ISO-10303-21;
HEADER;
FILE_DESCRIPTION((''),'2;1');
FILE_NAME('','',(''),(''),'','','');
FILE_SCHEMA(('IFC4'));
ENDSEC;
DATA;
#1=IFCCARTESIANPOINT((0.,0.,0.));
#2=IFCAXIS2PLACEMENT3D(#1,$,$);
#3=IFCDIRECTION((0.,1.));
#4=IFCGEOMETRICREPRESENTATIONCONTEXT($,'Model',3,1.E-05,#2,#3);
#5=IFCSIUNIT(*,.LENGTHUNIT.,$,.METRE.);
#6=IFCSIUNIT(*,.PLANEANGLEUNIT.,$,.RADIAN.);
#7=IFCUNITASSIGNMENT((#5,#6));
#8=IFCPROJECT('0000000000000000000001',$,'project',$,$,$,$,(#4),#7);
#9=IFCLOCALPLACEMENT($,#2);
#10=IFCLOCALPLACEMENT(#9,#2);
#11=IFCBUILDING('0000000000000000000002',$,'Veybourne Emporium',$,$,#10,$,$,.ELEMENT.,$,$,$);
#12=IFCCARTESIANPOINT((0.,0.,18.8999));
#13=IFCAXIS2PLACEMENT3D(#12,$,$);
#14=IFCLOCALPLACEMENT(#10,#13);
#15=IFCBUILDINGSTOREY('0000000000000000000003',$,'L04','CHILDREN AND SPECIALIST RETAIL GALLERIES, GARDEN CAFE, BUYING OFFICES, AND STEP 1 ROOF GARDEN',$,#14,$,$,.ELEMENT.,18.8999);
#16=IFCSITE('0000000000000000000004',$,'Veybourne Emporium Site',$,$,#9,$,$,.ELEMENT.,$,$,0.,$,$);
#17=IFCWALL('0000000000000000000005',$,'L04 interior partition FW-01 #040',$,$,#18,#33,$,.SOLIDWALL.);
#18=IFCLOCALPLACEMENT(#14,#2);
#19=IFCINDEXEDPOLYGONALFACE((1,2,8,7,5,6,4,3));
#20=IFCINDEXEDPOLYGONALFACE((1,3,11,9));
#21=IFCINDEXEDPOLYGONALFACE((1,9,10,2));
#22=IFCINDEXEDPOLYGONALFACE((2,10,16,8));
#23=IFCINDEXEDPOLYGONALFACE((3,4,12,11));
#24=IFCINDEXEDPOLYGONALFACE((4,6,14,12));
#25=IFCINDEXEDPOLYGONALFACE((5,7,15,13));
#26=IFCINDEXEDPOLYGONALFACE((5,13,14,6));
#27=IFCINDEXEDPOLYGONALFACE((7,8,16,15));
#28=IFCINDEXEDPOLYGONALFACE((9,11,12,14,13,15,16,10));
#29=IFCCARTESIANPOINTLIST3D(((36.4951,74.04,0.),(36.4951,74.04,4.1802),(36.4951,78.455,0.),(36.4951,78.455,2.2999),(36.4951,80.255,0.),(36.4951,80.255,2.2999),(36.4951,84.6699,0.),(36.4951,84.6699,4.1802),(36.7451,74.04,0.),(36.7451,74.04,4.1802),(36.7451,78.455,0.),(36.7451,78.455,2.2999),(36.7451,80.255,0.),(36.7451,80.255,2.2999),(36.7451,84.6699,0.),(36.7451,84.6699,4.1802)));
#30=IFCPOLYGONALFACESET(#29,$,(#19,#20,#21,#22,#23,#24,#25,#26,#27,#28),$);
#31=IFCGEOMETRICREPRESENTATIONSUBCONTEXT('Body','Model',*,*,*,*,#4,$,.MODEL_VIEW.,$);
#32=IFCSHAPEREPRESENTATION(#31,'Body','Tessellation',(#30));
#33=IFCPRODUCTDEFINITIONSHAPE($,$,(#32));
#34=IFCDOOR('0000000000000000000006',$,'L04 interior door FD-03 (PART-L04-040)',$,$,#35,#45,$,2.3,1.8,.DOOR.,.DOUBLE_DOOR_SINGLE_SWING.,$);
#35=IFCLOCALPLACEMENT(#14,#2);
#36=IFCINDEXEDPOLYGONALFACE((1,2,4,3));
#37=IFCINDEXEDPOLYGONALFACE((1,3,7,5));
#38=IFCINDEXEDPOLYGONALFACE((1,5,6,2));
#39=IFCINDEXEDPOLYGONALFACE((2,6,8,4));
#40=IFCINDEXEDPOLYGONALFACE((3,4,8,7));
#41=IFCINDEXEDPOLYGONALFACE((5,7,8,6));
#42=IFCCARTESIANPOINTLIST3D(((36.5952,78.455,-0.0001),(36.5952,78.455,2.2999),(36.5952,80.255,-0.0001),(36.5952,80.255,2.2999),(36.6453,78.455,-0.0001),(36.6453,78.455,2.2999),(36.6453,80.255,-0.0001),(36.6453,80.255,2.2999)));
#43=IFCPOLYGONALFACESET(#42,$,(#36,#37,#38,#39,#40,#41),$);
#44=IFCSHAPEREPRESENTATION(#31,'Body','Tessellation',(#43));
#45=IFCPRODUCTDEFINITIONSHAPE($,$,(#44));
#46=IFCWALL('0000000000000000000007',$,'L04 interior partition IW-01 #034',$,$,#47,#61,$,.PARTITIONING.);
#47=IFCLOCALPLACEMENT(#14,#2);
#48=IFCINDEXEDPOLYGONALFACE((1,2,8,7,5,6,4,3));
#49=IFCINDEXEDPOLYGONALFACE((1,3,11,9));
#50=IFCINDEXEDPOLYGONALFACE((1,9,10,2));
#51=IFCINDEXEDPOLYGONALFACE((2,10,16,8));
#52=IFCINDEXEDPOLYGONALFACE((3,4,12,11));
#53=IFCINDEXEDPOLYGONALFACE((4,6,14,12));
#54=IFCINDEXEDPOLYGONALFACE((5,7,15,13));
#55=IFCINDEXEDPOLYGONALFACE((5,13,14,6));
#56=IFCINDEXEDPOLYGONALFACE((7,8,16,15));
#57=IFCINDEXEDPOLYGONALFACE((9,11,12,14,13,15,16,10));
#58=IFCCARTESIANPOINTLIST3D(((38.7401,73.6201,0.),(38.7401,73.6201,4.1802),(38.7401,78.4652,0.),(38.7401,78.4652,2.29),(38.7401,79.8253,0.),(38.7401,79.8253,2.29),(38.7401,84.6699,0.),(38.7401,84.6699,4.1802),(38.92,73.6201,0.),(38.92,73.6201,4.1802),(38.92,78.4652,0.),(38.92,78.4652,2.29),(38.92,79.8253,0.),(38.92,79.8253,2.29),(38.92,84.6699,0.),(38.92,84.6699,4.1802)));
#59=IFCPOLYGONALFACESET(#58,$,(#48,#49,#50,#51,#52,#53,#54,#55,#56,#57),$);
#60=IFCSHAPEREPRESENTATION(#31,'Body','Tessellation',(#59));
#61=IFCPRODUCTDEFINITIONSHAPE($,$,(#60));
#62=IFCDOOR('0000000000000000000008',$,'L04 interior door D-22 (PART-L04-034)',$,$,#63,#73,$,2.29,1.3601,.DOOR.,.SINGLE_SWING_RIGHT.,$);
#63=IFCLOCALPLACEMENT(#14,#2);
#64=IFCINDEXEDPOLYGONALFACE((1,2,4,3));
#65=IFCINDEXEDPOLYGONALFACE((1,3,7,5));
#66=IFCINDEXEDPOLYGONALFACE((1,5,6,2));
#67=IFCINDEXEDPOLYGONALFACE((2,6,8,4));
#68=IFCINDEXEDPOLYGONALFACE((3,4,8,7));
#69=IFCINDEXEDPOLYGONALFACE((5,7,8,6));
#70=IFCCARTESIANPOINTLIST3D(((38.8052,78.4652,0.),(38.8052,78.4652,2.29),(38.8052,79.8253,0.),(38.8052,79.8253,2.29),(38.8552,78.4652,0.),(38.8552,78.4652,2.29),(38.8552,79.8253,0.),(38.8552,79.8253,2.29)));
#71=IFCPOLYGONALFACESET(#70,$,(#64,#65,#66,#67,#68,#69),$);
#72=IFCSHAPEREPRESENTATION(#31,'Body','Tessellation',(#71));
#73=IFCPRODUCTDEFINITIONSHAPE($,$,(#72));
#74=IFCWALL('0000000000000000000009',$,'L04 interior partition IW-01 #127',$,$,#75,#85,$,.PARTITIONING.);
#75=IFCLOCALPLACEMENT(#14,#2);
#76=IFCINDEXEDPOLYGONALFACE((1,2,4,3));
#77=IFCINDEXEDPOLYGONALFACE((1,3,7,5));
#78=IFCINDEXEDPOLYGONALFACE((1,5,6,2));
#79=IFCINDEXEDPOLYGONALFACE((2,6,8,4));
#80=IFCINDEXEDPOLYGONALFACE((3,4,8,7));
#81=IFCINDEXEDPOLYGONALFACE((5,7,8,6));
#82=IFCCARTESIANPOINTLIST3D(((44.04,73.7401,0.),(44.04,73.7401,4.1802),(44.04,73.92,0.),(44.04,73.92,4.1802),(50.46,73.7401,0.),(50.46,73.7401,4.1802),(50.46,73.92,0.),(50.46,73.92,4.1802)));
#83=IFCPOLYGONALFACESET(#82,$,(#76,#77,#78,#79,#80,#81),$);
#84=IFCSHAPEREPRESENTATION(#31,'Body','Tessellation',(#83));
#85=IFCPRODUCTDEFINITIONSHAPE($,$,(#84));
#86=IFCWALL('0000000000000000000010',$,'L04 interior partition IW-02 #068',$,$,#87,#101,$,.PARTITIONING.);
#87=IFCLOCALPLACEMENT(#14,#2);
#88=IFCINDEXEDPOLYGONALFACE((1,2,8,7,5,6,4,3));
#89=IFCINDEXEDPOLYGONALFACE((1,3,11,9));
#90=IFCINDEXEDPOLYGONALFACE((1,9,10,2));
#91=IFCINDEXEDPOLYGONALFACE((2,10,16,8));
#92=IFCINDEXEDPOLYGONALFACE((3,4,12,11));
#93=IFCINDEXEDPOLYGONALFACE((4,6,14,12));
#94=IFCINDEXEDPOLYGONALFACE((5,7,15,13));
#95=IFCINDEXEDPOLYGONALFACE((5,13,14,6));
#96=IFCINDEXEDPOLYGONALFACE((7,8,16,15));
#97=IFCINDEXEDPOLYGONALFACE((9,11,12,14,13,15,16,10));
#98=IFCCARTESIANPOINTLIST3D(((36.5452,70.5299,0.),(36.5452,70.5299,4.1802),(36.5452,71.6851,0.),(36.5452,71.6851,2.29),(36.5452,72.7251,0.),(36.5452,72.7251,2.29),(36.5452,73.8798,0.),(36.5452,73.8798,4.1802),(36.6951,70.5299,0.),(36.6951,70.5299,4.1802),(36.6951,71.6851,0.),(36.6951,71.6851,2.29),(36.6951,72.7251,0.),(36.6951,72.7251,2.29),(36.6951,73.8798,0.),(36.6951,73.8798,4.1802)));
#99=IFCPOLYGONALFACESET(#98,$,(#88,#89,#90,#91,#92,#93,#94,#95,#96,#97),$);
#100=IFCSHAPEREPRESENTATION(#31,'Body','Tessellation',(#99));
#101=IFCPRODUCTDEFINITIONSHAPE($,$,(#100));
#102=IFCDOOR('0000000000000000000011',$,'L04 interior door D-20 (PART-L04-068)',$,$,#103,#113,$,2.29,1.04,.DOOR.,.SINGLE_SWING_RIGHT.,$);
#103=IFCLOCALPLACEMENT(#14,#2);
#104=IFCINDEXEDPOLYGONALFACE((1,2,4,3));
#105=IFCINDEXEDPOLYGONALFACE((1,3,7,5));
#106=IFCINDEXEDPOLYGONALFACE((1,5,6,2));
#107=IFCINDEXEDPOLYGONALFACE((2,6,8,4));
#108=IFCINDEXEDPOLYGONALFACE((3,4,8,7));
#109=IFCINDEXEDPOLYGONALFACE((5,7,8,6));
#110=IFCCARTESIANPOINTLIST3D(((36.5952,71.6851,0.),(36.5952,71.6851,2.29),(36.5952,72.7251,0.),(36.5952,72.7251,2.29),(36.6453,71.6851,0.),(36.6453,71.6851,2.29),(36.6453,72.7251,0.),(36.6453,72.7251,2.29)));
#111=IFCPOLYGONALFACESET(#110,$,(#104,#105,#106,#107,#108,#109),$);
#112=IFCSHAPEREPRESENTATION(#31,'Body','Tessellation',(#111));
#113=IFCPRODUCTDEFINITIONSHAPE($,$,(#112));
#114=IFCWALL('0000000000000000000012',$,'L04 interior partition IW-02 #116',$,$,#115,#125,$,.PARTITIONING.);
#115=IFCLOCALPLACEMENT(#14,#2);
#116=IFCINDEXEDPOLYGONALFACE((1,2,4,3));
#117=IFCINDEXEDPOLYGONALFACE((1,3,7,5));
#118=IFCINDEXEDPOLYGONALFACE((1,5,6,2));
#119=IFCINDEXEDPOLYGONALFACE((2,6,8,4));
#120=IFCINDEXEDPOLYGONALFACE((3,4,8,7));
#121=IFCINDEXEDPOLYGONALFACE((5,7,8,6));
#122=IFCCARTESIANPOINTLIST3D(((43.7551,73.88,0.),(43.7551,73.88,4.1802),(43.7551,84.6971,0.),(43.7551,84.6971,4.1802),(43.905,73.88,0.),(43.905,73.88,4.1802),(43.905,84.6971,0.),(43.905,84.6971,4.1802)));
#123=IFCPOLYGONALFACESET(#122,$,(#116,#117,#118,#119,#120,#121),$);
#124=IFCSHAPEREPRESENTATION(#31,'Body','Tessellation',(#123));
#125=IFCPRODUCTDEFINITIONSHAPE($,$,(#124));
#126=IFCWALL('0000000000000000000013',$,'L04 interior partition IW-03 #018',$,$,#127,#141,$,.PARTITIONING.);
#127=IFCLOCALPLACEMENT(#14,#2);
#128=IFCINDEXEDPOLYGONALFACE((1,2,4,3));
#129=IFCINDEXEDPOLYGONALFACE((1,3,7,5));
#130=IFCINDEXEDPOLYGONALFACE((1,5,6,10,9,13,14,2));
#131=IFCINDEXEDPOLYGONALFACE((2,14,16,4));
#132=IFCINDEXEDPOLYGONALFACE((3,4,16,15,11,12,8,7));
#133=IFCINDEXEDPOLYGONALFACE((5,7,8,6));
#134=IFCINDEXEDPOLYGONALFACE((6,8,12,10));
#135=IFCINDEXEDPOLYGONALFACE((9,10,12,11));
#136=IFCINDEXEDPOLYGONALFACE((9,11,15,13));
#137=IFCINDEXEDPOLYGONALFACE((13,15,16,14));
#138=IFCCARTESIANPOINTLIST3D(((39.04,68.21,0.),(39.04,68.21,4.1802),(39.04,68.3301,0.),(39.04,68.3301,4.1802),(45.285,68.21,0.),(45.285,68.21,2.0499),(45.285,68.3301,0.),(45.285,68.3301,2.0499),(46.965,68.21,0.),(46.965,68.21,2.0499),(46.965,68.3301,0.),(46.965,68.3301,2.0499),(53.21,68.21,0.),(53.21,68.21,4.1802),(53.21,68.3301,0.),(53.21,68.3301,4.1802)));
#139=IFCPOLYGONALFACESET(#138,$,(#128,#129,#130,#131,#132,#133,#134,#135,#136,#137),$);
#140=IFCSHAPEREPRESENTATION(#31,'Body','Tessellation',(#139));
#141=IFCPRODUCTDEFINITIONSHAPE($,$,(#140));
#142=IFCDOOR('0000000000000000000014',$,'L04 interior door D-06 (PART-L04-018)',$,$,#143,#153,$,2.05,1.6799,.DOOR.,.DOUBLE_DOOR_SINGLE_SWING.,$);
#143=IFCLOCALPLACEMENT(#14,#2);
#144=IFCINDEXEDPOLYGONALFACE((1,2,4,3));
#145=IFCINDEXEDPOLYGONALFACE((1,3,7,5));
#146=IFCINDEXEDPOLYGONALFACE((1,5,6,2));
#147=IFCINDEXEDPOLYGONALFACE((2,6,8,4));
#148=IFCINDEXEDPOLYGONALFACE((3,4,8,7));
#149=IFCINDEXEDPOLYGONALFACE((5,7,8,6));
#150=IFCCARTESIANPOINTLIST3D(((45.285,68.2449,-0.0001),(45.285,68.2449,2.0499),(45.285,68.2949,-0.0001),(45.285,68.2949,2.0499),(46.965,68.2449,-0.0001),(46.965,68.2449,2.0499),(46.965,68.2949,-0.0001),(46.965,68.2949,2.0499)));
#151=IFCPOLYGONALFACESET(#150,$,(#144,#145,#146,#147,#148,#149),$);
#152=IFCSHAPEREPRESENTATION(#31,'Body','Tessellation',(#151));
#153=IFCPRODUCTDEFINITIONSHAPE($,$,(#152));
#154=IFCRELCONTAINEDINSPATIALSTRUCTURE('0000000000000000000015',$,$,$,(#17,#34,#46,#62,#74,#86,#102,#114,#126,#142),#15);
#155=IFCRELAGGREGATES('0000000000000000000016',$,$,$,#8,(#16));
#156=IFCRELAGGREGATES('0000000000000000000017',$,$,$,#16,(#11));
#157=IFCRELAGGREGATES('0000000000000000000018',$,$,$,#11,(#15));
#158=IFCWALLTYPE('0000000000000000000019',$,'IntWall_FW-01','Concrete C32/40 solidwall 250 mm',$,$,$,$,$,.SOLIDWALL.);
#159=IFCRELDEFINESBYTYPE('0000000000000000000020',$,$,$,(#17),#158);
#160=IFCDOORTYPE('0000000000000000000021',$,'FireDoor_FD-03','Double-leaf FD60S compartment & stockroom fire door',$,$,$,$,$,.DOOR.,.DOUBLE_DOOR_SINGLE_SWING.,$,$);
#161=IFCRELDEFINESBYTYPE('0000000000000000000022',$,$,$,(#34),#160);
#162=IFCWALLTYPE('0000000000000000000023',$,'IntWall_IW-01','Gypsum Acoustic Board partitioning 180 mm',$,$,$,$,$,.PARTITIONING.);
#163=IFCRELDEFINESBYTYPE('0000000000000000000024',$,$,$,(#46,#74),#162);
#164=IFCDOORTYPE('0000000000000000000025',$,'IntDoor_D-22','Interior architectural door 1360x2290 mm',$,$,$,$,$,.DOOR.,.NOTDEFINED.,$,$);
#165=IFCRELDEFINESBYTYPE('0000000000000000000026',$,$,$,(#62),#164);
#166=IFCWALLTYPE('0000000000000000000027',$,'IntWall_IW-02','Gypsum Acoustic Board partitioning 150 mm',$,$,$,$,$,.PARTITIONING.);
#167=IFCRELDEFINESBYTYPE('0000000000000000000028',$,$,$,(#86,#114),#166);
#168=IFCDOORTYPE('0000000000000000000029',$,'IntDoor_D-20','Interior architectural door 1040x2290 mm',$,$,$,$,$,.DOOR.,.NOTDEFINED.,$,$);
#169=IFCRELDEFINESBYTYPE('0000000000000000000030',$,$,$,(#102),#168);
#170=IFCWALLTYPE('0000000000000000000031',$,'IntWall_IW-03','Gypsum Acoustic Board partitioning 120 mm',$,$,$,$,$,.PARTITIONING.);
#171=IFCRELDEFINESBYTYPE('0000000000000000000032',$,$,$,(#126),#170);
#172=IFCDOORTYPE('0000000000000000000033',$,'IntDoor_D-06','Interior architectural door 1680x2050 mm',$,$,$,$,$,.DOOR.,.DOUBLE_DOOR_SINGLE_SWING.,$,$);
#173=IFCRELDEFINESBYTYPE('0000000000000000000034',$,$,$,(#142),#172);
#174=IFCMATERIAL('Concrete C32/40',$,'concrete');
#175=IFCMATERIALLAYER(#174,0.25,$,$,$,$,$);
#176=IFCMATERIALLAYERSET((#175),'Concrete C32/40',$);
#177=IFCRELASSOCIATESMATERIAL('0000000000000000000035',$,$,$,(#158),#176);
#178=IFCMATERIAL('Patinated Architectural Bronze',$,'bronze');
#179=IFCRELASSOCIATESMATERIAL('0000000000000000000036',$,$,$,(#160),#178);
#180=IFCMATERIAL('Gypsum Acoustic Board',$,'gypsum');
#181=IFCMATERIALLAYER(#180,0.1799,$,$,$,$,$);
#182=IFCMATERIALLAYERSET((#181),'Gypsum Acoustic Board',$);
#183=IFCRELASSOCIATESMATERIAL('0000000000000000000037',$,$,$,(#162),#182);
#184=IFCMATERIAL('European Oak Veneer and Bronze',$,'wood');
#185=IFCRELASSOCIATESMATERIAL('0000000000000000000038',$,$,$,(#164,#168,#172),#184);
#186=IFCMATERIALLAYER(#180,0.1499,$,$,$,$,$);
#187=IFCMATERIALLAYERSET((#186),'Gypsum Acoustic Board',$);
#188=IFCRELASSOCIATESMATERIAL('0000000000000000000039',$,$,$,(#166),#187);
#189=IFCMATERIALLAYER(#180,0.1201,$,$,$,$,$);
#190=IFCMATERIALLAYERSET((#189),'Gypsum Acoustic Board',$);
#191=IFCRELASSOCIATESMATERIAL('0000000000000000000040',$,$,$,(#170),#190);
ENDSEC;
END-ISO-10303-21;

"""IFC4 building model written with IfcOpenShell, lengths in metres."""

from ifc_helpers import new_model, si_unit, direction, frame, frame_2d, origin, place, context, subcontext, project, spatial, rectangle, extrude, material, layer, layer_set, type_object, element, fill, save


model = new_model("IFC4")

# Units and contexts
model_context = context("Model", 3, precision=1e-05, world=origin(), true_north=direction((0.0, 1.0)))
body_context = subcontext(model_context, "Body", "Model", "MODEL_VIEW")
ifc_project = project(units=[si_unit("LENGTHUNIT", "METRE"), si_unit("PLANEANGLEUNIT", "RADIAN")], contexts=[model_context])

# Site, building, storey
site_placement = place(None, origin())
site = spatial("IfcSite", under=ifc_project, at=site_placement, Name="Veybourne Emporium Site", CompositionType="ELEMENT", RefElevation=0.0)
building_placement = place(site_placement, origin())
building = spatial("IfcBuilding", under=site, at=building_placement, Name="Veybourne Emporium", CompositionType="ELEMENT")
storey_placement = place(building_placement, frame((0.0, 0.0, 18.8999)))
storey = spatial("IfcBuildingStorey", under=building, at=storey_placement, Name="L04", Description="CHILDREN AND SPECIALIST RETAIL GALLERIES, GARDEN CAFE, BUYING OFFICES, AND STEP 1 ROOF GARDEN", CompositionType="ELEMENT", Elevation=18.8999)

# Shared definitions
ifc_material_1 = material(Name="Concrete C32/40", Category="concrete")

# Walls, openings, doors
ifc_layer_1 = layer(ifc_material_1, 0.25)
ifc_layer_set_1 = layer_set([ifc_layer_1], Name="Concrete C32/40")
wall_type_1 = type_object("IfcWallType", Name="IntWall_FW-01", Description="Concrete C32/40 solidwall 250 mm", PredefinedType="SOLIDWALL", material=ifc_layer_set_1)
wall_1_placement = place(storey_placement, frame((36.6201, 74.04, 0.0), z_axis=(0.0, 0.0, 1.0), x_axis=(0.0, 1.0, 0.0)))
wall_1 = element("IfcWall", 1, at=wall_1_placement, inside=storey, type_object=wall_type_1, Name="L04 interior partition FW-01 #040", PredefinedType="SOLIDWALL", context=body_context, shape_type="SweptSolid", body=[
    extrude(rectangle(XDim=10.6299, YDim=0.25, at=frame_2d((5.3149, 0.0))), origin(), (0.0, 0.0, 1.0), 4.1802),
])
opening_1_placement = place(wall_1_placement, frame((4.415, 0.0, 0.0)))
opening_1 = element("IfcOpeningElement", 2, at=opening_1_placement, cuts=wall_1, PredefinedType="OPENING", context=body_context, shape_type="SweptSolid", body=[
    extrude(rectangle(XDim=1.8, YDim=2.3, at=frame_2d((0.8999, 1.1499))), frame((0.0, 0.145, 0.0), z_axis=(0.0, -1.0, 0.0), x_axis=(1.0, 0.0, 0.0)), (0.0, 0.0, 1.0), 0.29),
])
ifc_material_2 = material(Name="Patinated Architectural Bronze", Category="bronze")
door_type_1 = type_object("IfcDoorType", Name="FireDoor_FD-03", Description="Double-leaf FD60S compartment & stockroom fire door", OperationType="DOUBLE_DOOR_SINGLE_SWING", PredefinedType="DOOR", material=ifc_material_2)
door_1_placement = place(opening_1_placement, origin())
door_1 = element("IfcDoor", 3, at=door_1_placement, inside=storey, type_object=door_type_1, Name="L04 interior door FD-03 (PART-L04-040)", OperationType="DOUBLE_DOOR_SINGLE_SWING", OverallHeight=2.3, OverallWidth=1.8, PredefinedType="DOOR", context=body_context, shape_type="SweptSolid", body=[
    extrude(rectangle(XDim=1.8, YDim=2.3, at=frame_2d((0.8999, 1.1499))), frame((0.0, 0.0249, 0.0), z_axis=(0.0, -1.0, 0.0), x_axis=(1.0, 0.0, 0.0)), (0.0, 0.0, 1.0), 0.05),
])
fill(opening_1, door_1)
ifc_material_3 = material(Name="Gypsum Acoustic Board", Category="gypsum")
ifc_layer_2 = layer(ifc_material_3, 0.1799)
ifc_layer_set_2 = layer_set([ifc_layer_2], Name="Gypsum Acoustic Board")
wall_type_2 = type_object("IfcWallType", Name="IntWall_IW-01", Description="Gypsum Acoustic Board partitioning 180 mm", PredefinedType="PARTITIONING", material=ifc_layer_set_2)
wall_2_placement = place(storey_placement, frame((38.8301, 73.6201, 0.0), z_axis=(0.0, 0.0, 1.0), x_axis=(0.0, 1.0, 0.0)))
wall_2 = element("IfcWall", 4, at=wall_2_placement, inside=storey, type_object=wall_type_2, Name="L04 interior partition IW-01 #034", PredefinedType="PARTITIONING", context=body_context, shape_type="SweptSolid", body=[
    extrude(rectangle(XDim=11.0498, YDim=0.1799, at=frame_2d((5.5249, 0.0))), origin(), (0.0, 0.0, 1.0), 4.1802),
])
opening_2_placement = place(wall_2_placement, frame((4.845, 0.0, 0.0)))
opening_2 = element("IfcOpeningElement", 5, at=opening_2_placement, cuts=wall_2, PredefinedType="OPENING", context=body_context, shape_type="SweptSolid", body=[
    extrude(rectangle(XDim=1.3601, YDim=2.29, at=frame_2d((0.6802, 1.145))), frame((0.0, 0.1099, 0.0), z_axis=(0.0, -1.0, 0.0), x_axis=(1.0, 0.0, 0.0)), (0.0, 0.0, 1.0), 0.22),
])
ifc_material_4 = material(Name="European Oak Veneer and Bronze", Category="wood")
door_type_2 = type_object("IfcDoorType", Name="IntDoor_D-22", Description="Interior architectural door 1360x2290 mm", OperationType="NOTDEFINED", PredefinedType="DOOR", material=ifc_material_4)
door_2_placement = place(opening_2_placement, origin())
door_2 = element("IfcDoor", 6, at=door_2_placement, inside=storey, type_object=door_type_2, Name="L04 interior door D-22 (PART-L04-034)", OperationType="SINGLE_SWING_RIGHT", OverallHeight=2.29, OverallWidth=1.3601, PredefinedType="DOOR", context=body_context, shape_type="SweptSolid", body=[
    extrude(rectangle(XDim=1.3601, YDim=2.29, at=frame_2d((0.6802, 1.145))), frame((0.0, 0.0249, 0.0), z_axis=(0.0, -1.0, 0.0), x_axis=(1.0, 0.0, 0.0)), (0.0, 0.0, 1.0), 0.05),
])
fill(opening_2, door_2)

# Wall
wall_3_placement = place(storey_placement, frame((44.04, 73.8301, 0.0), z_axis=(0.0, 0.0, 1.0), x_axis=(1.0, 0.0, 0.0)))
element("IfcWall", 7, at=wall_3_placement, inside=storey, type_object=wall_type_2, Name="L04 interior partition IW-01 #127", PredefinedType="PARTITIONING", context=body_context, shape_type="SweptSolid", body=[
    extrude(rectangle(XDim=6.4199, YDim=0.1799, at=frame_2d((3.21, 0.0))), origin(), (0.0, 0.0, 1.0), 4.1802),
])

# Wall, opening, door
ifc_layer_3 = layer(ifc_material_3, 0.1499)
ifc_layer_set_3 = layer_set([ifc_layer_3], Name="Gypsum Acoustic Board")
wall_type_3 = type_object("IfcWallType", Name="IntWall_IW-02", Description="Gypsum Acoustic Board partitioning 150 mm", PredefinedType="PARTITIONING", material=ifc_layer_set_3)
wall_4_placement = place(storey_placement, frame((36.6201, 70.53, 0.0), z_axis=(0.0, 0.0, 1.0), x_axis=(0.0, 1.0, 0.0)))
wall_4 = element("IfcWall", 8, at=wall_4_placement, inside=storey, type_object=wall_type_3, Name="L04 interior partition IW-02 #068", PredefinedType="PARTITIONING", context=body_context, shape_type="SweptSolid", body=[
    extrude(rectangle(XDim=3.3499, YDim=0.1499, at=frame_2d((1.6748, 0.0))), origin(), (0.0, 0.0, 1.0), 4.1802),
])
opening_3_placement = place(wall_4_placement, frame((1.155, 0.0, 0.0)))
opening_3 = element("IfcOpeningElement", 9, at=opening_3_placement, cuts=wall_4, PredefinedType="OPENING", context=body_context, shape_type="SweptSolid", body=[
    extrude(rectangle(XDim=1.04, YDim=2.29, at=frame_2d((0.52, 1.145))), frame((0.0, 0.095, 0.0), z_axis=(0.0, -1.0, 0.0), x_axis=(1.0, 0.0, 0.0)), (0.0, 0.0, 1.0), 0.1899),
])
door_type_3 = type_object("IfcDoorType", Name="IntDoor_D-20", Description="Interior architectural door 1040x2290 mm", OperationType="NOTDEFINED", PredefinedType="DOOR", material=ifc_material_4)
door_3_placement = place(opening_3_placement, origin())
door_3 = element("IfcDoor", 10, at=door_3_placement, inside=storey, type_object=door_type_3, Name="L04 interior door D-20 (PART-L04-068)", OperationType="SINGLE_SWING_RIGHT", OverallHeight=2.29, OverallWidth=1.04, PredefinedType="DOOR", context=body_context, shape_type="SweptSolid", body=[
    extrude(rectangle(XDim=1.04, YDim=2.29, at=frame_2d((0.52, 1.145))), frame((0.0, 0.0249, 0.0), z_axis=(0.0, -1.0, 0.0), x_axis=(1.0, 0.0, 0.0)), (0.0, 0.0, 1.0), 0.05),
])
fill(opening_3, door_3)

# Wall
wall_5_placement = place(storey_placement, frame((43.8301, 73.8799, 0.0), z_axis=(0.0, 0.0, 1.0), x_axis=(0.0, 1.0, 0.0)))
element("IfcWall", 11, at=wall_5_placement, inside=storey, type_object=wall_type_3, Name="L04 interior partition IW-02 #116", PredefinedType="PARTITIONING", context=body_context, shape_type="SweptSolid", body=[
    extrude(rectangle(XDim=10.8171, YDim=0.1499, at=frame_2d((5.4087, 0.0))), origin(), (0.0, 0.0, 1.0), 4.1802),
])

# Wall, opening, door
ifc_layer_4 = layer(ifc_material_3, 0.1201)
ifc_layer_set_4 = layer_set([ifc_layer_4], Name="Gypsum Acoustic Board")
wall_type_4 = type_object("IfcWallType", Name="IntWall_IW-03", Description="Gypsum Acoustic Board partitioning 120 mm", PredefinedType="PARTITIONING", material=ifc_layer_set_4)
wall_6_placement = place(storey_placement, frame((39.04, 68.27, 0.0), z_axis=(0.0, 0.0, 1.0), x_axis=(1.0, 0.0, 0.0)))
wall_6 = element("IfcWall", 12, at=wall_6_placement, inside=storey, type_object=wall_type_4, Name="L04 interior partition IW-03 #018", PredefinedType="PARTITIONING", context=body_context, shape_type="SweptSolid", body=[
    extrude(rectangle(XDim=14.1699, YDim=0.1201, at=frame_2d((7.085, 0.0))), origin(), (0.0, 0.0, 1.0), 4.1802),
])
opening_4_placement = place(wall_6_placement, frame((6.2451, 0.0, 0.0)))
opening_4 = element("IfcOpeningElement", 13, at=opening_4_placement, cuts=wall_6, PredefinedType="OPENING", context=body_context, shape_type="SweptSolid", body=[
    extrude(rectangle(XDim=1.6799, YDim=2.05, at=frame_2d((0.8398, 1.0249))), frame((0.0, 0.0801, 0.0), z_axis=(0.0, -1.0, 0.0), x_axis=(1.0, 0.0, 0.0)), (0.0, 0.0, 1.0), 0.1602),
])
door_type_4 = type_object("IfcDoorType", Name="IntDoor_D-06", Description="Interior architectural door 1680x2050 mm", OperationType="DOUBLE_DOOR_SINGLE_SWING", PredefinedType="DOOR", material=ifc_material_4)
door_4_placement = place(opening_4_placement, origin())
door_4 = element("IfcDoor", 14, at=door_4_placement, inside=storey, type_object=door_type_4, Name="L04 interior door D-06 (PART-L04-018)", OperationType="DOUBLE_DOOR_SINGLE_SWING", OverallHeight=2.05, OverallWidth=1.6799, PredefinedType="DOOR", context=body_context, shape_type="SweptSolid", body=[
    extrude(rectangle(XDim=1.6799, YDim=2.05, at=frame_2d((0.8398, 1.0249))), frame((0.0, 0.0249, 0.0), z_axis=(0.0, -1.0, 0.0), x_axis=(1.0, 0.0, 0.0)), (0.0, 0.0, 1.0), 0.05),
])
fill(opening_4, door_4)

save(model, "model.ifc")
